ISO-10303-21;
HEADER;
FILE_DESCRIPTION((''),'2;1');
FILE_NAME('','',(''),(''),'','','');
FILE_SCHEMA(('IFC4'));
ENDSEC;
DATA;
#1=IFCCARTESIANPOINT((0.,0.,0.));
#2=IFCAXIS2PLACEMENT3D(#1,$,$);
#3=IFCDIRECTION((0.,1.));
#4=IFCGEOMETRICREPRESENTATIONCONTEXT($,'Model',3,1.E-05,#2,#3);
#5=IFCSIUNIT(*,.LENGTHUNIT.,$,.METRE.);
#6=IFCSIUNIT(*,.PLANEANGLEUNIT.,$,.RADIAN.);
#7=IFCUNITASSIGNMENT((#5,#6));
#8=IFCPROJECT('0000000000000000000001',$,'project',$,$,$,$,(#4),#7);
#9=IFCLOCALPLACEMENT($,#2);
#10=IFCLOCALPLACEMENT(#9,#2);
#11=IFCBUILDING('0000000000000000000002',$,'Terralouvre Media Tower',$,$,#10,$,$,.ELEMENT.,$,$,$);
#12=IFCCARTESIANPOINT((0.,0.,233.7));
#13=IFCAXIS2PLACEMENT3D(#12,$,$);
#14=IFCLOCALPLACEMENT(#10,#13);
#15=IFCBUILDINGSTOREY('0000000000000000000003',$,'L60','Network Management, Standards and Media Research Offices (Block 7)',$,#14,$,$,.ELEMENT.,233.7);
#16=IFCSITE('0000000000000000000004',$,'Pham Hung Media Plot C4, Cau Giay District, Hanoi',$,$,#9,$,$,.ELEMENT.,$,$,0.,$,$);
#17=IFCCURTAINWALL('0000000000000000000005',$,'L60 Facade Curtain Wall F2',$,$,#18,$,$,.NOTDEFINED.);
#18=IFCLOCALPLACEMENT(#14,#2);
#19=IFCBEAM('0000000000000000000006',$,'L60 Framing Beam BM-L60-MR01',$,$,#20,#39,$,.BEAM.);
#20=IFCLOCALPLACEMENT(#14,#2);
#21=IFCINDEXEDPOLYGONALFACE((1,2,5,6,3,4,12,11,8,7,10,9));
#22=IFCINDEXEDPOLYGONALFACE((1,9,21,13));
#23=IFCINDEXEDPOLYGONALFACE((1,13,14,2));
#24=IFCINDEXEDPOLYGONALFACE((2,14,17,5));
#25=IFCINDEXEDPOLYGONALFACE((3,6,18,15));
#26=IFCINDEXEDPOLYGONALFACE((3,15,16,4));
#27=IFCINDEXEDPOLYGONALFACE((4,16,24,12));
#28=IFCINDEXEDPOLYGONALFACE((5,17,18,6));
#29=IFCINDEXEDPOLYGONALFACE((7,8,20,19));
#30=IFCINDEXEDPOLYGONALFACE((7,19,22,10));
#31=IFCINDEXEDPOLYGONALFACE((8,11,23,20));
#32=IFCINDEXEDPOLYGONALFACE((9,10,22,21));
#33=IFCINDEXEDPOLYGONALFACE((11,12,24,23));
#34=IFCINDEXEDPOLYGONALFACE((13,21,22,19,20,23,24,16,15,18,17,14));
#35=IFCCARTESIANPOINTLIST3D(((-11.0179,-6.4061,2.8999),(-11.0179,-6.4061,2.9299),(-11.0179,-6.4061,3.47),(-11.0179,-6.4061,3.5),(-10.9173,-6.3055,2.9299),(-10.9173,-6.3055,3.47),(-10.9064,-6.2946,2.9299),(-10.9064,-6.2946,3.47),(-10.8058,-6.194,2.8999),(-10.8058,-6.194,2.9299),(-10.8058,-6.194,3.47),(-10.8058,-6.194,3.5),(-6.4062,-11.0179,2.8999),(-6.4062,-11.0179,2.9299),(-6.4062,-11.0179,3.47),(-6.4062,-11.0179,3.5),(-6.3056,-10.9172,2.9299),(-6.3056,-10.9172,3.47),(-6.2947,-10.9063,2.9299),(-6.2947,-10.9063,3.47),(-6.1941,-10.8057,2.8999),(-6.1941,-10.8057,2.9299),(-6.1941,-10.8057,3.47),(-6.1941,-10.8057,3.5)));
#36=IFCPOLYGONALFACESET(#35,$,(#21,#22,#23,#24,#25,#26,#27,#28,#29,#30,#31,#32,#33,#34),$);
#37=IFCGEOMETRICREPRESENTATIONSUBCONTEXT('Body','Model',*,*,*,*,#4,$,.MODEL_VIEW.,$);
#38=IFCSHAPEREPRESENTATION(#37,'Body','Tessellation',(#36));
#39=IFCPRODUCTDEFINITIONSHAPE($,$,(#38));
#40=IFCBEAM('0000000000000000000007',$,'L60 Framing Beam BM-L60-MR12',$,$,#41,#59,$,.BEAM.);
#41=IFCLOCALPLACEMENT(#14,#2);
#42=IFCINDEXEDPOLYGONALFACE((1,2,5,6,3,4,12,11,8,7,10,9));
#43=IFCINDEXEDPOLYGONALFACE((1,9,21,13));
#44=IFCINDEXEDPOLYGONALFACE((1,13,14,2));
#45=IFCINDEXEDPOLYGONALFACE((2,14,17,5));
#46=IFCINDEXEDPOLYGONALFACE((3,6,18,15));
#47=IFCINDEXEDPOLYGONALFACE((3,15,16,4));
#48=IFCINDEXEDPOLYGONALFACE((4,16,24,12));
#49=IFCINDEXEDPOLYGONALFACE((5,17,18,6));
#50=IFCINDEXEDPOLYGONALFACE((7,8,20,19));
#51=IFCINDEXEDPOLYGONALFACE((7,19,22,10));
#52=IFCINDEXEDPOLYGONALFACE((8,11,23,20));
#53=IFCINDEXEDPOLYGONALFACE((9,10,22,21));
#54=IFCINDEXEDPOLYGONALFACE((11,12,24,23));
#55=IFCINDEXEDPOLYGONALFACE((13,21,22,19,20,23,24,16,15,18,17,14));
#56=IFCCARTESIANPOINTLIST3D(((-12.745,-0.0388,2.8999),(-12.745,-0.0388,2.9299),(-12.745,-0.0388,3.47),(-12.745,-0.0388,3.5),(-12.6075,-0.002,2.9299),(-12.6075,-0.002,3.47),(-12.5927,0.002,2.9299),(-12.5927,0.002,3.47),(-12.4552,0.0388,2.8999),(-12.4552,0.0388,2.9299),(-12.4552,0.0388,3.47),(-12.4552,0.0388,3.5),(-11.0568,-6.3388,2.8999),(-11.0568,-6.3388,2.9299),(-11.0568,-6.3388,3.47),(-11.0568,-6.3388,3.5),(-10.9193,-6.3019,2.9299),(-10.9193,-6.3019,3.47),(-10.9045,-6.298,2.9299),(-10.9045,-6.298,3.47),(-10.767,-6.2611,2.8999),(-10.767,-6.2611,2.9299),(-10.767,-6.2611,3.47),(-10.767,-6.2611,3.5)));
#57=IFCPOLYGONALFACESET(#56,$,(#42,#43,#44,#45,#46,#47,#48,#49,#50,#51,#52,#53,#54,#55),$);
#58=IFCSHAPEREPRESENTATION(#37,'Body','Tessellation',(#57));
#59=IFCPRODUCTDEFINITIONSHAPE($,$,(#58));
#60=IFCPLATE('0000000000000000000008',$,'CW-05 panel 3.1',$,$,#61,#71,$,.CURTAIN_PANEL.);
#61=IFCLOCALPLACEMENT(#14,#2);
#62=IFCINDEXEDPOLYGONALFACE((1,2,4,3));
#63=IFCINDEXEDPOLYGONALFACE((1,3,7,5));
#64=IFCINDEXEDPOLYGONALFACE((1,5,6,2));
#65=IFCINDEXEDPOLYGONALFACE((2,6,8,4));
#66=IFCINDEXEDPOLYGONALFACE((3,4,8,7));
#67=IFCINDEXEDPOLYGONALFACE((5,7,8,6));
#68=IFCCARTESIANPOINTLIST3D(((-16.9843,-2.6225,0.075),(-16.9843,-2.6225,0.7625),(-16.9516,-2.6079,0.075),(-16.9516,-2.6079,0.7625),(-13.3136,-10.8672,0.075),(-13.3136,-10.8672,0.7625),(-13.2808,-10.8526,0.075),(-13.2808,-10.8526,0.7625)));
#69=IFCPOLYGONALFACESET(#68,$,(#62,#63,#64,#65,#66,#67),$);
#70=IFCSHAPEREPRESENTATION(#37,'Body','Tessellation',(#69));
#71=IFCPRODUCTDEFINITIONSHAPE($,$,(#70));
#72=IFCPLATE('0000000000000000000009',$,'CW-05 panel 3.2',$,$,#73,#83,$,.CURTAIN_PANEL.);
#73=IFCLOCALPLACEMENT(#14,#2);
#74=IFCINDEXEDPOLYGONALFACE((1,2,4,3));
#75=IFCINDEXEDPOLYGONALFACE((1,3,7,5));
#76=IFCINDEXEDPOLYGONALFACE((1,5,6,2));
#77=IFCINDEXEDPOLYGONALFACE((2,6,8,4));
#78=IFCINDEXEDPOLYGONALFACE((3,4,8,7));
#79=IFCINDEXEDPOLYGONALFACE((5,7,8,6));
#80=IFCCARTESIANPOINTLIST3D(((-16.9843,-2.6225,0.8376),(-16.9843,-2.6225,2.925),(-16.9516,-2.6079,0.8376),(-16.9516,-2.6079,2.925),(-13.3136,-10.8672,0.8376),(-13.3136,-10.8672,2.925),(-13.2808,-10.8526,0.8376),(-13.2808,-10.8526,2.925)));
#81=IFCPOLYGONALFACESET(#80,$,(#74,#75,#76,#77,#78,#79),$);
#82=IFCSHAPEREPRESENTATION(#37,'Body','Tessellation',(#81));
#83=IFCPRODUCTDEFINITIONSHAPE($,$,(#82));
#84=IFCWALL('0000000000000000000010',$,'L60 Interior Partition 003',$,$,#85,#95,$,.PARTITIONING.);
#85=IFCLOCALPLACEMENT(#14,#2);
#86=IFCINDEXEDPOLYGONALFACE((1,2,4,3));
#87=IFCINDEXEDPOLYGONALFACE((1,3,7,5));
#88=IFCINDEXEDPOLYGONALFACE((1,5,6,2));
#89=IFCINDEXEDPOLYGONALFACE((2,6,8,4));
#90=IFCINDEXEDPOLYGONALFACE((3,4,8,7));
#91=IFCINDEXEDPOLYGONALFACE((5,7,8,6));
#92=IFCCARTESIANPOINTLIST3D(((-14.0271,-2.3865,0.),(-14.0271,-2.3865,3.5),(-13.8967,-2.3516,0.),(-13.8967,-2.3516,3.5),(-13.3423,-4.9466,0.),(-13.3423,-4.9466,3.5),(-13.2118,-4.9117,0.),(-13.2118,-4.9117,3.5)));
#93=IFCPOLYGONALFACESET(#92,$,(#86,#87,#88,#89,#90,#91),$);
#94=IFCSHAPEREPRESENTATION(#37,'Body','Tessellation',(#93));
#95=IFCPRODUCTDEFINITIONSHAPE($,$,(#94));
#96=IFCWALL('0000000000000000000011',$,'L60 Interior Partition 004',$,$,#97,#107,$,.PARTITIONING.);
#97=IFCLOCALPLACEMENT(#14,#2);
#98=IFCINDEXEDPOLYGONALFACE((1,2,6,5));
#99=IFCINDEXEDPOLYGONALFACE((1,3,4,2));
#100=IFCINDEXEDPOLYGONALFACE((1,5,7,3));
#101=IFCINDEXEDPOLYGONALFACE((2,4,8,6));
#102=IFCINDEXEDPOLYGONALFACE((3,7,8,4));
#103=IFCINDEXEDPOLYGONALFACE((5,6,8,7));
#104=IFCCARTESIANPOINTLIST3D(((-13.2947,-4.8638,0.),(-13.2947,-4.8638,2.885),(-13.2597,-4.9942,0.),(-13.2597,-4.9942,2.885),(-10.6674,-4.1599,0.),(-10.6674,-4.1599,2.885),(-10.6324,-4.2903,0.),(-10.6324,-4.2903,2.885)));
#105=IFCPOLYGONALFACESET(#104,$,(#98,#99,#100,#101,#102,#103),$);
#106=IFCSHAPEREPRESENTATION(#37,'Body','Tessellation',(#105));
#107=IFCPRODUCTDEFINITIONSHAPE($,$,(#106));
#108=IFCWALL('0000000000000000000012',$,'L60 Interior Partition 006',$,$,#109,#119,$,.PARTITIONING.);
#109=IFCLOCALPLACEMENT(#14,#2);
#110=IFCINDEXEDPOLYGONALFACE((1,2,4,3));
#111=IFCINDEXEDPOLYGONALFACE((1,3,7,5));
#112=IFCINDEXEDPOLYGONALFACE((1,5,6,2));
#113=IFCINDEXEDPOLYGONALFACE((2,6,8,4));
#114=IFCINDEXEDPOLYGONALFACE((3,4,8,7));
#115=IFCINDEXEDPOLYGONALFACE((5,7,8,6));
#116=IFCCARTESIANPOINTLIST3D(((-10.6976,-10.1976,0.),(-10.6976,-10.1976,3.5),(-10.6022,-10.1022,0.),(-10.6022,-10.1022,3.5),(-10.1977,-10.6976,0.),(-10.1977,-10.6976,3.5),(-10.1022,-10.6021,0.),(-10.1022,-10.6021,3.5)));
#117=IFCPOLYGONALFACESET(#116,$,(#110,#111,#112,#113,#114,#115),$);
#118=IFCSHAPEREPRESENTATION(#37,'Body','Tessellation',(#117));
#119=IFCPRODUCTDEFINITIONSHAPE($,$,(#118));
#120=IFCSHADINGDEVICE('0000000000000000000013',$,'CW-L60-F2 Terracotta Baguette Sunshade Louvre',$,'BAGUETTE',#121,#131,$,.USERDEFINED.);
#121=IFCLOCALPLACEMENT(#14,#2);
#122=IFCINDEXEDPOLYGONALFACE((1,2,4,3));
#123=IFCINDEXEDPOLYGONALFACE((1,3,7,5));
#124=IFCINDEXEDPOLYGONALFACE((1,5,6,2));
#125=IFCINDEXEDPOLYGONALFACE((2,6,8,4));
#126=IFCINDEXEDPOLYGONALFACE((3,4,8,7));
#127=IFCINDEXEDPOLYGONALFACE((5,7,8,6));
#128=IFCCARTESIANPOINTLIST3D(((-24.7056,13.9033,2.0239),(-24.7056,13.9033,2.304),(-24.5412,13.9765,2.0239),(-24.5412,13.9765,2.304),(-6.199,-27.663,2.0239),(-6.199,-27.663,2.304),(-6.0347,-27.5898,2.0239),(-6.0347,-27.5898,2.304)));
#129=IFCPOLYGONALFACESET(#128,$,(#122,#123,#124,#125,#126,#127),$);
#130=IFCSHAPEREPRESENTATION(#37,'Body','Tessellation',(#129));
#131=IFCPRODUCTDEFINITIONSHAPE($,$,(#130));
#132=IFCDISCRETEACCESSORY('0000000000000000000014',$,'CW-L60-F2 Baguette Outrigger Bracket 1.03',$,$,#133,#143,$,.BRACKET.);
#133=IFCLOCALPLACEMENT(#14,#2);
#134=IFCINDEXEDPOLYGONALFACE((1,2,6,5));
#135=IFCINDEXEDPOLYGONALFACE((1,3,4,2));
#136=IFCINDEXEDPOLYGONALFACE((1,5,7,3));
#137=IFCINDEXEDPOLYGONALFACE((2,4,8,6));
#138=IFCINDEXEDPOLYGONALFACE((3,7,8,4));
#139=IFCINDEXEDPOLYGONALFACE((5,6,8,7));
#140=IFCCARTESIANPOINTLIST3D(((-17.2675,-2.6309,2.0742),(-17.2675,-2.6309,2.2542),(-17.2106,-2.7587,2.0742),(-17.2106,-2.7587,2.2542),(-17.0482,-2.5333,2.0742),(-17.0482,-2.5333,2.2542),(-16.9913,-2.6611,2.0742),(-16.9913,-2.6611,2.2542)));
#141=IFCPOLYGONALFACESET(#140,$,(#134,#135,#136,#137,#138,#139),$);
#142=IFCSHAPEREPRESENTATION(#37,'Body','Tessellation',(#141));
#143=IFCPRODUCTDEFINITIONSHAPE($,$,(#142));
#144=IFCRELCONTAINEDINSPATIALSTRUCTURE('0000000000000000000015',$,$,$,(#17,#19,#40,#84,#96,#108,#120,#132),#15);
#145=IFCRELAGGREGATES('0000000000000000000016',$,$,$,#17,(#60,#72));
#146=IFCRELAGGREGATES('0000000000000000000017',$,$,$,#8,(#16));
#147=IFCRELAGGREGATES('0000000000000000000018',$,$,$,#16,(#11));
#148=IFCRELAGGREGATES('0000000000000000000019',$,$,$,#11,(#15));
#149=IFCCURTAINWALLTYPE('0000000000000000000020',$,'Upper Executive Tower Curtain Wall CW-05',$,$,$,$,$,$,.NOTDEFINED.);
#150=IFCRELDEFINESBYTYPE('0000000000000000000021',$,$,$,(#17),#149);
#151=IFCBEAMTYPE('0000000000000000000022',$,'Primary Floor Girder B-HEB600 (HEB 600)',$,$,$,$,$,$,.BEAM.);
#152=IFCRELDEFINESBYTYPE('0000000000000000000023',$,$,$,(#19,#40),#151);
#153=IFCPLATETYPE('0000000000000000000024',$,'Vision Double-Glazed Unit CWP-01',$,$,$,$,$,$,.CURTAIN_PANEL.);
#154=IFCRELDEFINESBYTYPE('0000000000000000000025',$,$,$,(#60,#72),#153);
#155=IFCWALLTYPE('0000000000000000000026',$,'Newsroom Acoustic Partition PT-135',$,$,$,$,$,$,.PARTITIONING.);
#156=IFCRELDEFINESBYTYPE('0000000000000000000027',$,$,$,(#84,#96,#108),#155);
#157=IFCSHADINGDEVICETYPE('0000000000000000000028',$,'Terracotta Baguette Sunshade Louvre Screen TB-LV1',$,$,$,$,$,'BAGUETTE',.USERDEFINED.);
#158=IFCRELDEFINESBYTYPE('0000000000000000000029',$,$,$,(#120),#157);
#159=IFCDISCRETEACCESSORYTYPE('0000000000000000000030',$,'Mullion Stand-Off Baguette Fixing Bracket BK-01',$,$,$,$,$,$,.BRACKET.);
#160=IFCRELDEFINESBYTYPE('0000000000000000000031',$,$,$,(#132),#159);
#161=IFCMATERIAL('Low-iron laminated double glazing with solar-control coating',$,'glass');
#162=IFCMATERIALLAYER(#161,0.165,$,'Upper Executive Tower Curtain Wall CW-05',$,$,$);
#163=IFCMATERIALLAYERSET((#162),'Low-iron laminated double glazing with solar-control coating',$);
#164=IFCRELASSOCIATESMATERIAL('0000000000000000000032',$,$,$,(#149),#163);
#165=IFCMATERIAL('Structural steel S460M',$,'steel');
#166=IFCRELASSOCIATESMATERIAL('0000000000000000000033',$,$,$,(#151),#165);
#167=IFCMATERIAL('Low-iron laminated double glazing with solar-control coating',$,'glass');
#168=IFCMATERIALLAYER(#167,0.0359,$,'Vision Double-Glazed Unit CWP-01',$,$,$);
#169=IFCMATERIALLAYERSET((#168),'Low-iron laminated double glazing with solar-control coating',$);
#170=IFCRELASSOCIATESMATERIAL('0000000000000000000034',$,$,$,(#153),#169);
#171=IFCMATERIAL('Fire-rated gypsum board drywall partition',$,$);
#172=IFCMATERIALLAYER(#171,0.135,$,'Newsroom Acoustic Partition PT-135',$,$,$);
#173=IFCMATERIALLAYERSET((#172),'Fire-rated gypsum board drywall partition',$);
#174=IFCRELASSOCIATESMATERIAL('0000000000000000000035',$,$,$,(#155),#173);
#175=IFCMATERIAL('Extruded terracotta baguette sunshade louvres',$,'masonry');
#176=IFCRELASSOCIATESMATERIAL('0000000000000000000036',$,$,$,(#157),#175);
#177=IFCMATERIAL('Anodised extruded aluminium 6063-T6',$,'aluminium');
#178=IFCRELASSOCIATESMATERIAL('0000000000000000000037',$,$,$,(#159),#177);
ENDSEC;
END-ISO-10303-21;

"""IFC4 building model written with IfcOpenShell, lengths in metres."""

from ifc_helpers import new_model, si_unit, direction, frame, frame_2d, origin, origin_2d, place, context, subcontext, project, spatial, rectangle, i_section, extrude, material, layer, layer_set, material_profile, profile_set, type_object, element, aggregate, save


model = new_model("IFC4")

# Units and contexts
model_context = context("Model", 3, precision=1e-05, world=origin(), true_north=direction((0.0, 1.0)))
body_context = subcontext(model_context, "Body", "Model", "MODEL_VIEW")
ifc_project = project(units=[si_unit("LENGTHUNIT", "METRE"), si_unit("PLANEANGLEUNIT", "RADIAN")], contexts=[model_context])

# Site, building, storey
site_placement = place(None, origin())
site = spatial("IfcSite", under=ifc_project, at=site_placement, Name="Pham Hung Media Plot C4, Cau Giay District, Hanoi", CompositionType="ELEMENT", RefElevation=0.0)
building_placement = place(site_placement, origin())
building = spatial("IfcBuilding", under=site, at=building_placement, Name="Terralouvre Media Tower", CompositionType="ELEMENT")
storey_placement = place(building_placement, frame((0.0, 0.0, 233.7)))
storey = spatial("IfcBuildingStorey", under=building, at=storey_placement, Name="L60", Description="Network Management, Standards and Media Research Offices (Block 7)", CompositionType="ELEMENT", Elevation=233.7)

# Curtain wall
ifc_material_1 = material(Name="Low-iron laminated double glazing with solar-control coating", Category="glass")
ifc_layer_1 = layer(ifc_material_1, 0.165, Name="Upper Executive Tower Curtain Wall CW-05")
ifc_layer_set_1 = layer_set([ifc_layer_1], Name="Low-iron laminated double glazing with solar-control coating")
curtain_wall_type = type_object("IfcCurtainWallType", Name="Upper Executive Tower Curtain Wall CW-05", PredefinedType="NOTDEFINED", material=ifc_layer_set_1)
curtain_wall_placement = place(storey_placement, origin())
curtain_wall = element("IfcCurtainWall", 1, at=curtain_wall_placement, inside=storey, type_object=curtain_wall_type, Name="L60 Facade Curtain Wall F2", PredefinedType="NOTDEFINED")

# Beams
ifc_material_2 = material(Name="Structural steel S460M", Category="steel")
ifc_material_profile_1 = material_profile(ifc_material_2, i_section(OverallWidth=0.3, OverallDepth=0.6001, WebThickness=0.0154, FlangeThickness=0.03, at=origin_2d()), Name="HEB 600")
ifc_profile_set_1 = profile_set([ifc_material_profile_1], Name="Structural steel S460M")
beam_type_1 = type_object("IfcBeamType", Name="Primary Floor Girder B-HEB600 (HEB 600)", PredefinedType="BEAM", material=ifc_profile_set_1)
beam_1_placement = place(storey_placement, frame((-10.9119, -6.3, 3.2), z_axis=(0.707107, -0.707107, 0.0), x_axis=(0.707107, 0.707107, 0.0)))
element("IfcBeam", 2, at=beam_1_placement, inside=storey, type_object=beam_type_1, Name="L60 Framing Beam BM-L60-MR01", PredefinedType="BEAM", context=body_context, shape_type="SweptSolid", body=[
    extrude(i_section(OverallWidth=0.3, OverallDepth=0.6001, WebThickness=0.0154, FlangeThickness=0.03, at=origin_2d()), origin(), (0.0, 0.0, 1.0), 6.522),
])
beam_2_placement = place(storey_placement, frame((-12.6001, 0.0, 3.2), z_axis=(0.258839, -0.96592, 0.0), x_axis=(0.96592, 0.258839, 0.0)))
element("IfcBeam", 3, at=beam_2_placement, inside=storey, type_object=beam_type_1, Name="L60 Framing Beam BM-L60-MR12", PredefinedType="BEAM", context=body_context, shape_type="SweptSolid", body=[
    extrude(i_section(OverallWidth=0.3, OverallDepth=0.6001, WebThickness=0.0154, FlangeThickness=0.03, at=origin_2d()), origin(), (0.0, 0.0, 1.0), 6.5222),
])

# Plates
ifc_material_3 = material(Name="Low-iron laminated double glazing with solar-control coating", Category="glass")
ifc_layer_2 = layer(ifc_material_3, 0.0359, Name="Vision Double-Glazed Unit CWP-01")
ifc_layer_set_2 = layer_set([ifc_layer_2], Name="Low-iron laminated double glazing with solar-control coating")
plate_type = type_object("IfcPlateType", Name="Vision Double-Glazed Unit CWP-01", PredefinedType="CURTAIN_PANEL", material=ifc_layer_set_2)
plate_1_placement = place(storey_placement, frame((-15.1326, -6.7375, 0.075), z_axis=(0.0, 0.0, 1.0), x_axis=(0.406737, -0.913545, 0.0)))
plate_1 = element("IfcPlate", 4, at=plate_1_placement, type_object=plate_type, Name="CW-05 panel 3.1", PredefinedType="CURTAIN_PANEL", context=body_context, shape_type="SweptSolid", body=[
    extrude(rectangle(XDim=9.0249, YDim=0.0359, at=origin_2d()), origin(), (0.0, 0.0, 1.0), 0.6875),
])
plate_2_placement = place(storey_placement, frame((-15.1326, -6.7375, 0.8376), z_axis=(0.0, 0.0, 1.0), x_axis=(0.406737, -0.913545, 0.0)))
plate_2 = element("IfcPlate", 5, at=plate_2_placement, type_object=plate_type, Name="CW-05 panel 3.2", PredefinedType="CURTAIN_PANEL", context=body_context, shape_type="SweptSolid", body=[
    extrude(rectangle(XDim=9.0249, YDim=0.0359, at=origin_2d()), origin(), (0.0, 0.0, 1.0), 2.0874),
])
aggregate(curtain_wall, [plate_1, plate_2])

# Walls
ifc_material_4 = material(Name="Fire-rated gypsum board drywall partition")
ifc_layer_3 = layer(ifc_material_4, 0.135, Name="Newsroom Acoustic Partition PT-135")
ifc_layer_set_3 = layer_set([ifc_layer_3], Name="Fire-rated gypsum board drywall partition")
wall_type = type_object("IfcWallType", Name="Newsroom Acoustic Partition PT-135", PredefinedType="PARTITIONING", material=ifc_layer_set_3)
wall_1_placement = place(storey_placement, frame((-13.9619, -2.3689, 0.0), z_axis=(0.0, 0.0, 1.0), x_axis=(0.258414, -0.966034, 0.0)))
element("IfcWall", 6, at=wall_1_placement, inside=storey, type_object=wall_type, Name="L60 Interior Partition 003", PredefinedType="PARTITIONING", context=body_context, shape_type="SweptSolid", body=[
    extrude(rectangle(XDim=2.6501, YDim=0.135, at=frame_2d((1.3252, 0.0))), origin(), (0.0, 0.0, 1.0), 3.5),
])
wall_2_placement = place(storey_placement, frame((-13.2771, -4.929, 0.0), z_axis=(0.0, 0.0, 1.0), x_axis=(0.965935, 0.258785, 0.0)))
element("IfcWall", 7, at=wall_2_placement, inside=storey, type_object=wall_type, Name="L60 Interior Partition 004", PredefinedType="PARTITIONING", context=body_context, shape_type="SweptSolid", body=[
    extrude(rectangle(XDim=2.72, YDim=0.135, at=frame_2d((1.3599, 0.0))), origin(), (0.0, 0.0, 1.0), 2.885),
])
wall_3_placement = place(storey_placement, frame((-10.6499, -10.1499, 0.0), z_axis=(0.0, 0.0, 1.0), x_axis=(0.707107, -0.707107, 0.0)))
element("IfcWall", 8, at=wall_3_placement, inside=storey, type_object=wall_type, Name="L60 Interior Partition 006", PredefinedType="PARTITIONING", context=body_context, shape_type="SweptSolid", body=[
    extrude(rectangle(XDim=0.707, YDim=0.135, at=frame_2d((0.3535, 0.0))), origin(), (0.0, 0.0, 1.0), 3.5),
])

# Shading device
ifc_material_5 = material(Name="Extruded terracotta baguette sunshade louvres", Category="masonry")
shading_device_type = type_object("IfcShadingDeviceType", Name="Terracotta Baguette Sunshade Louvre Screen TB-LV1", ElementType="BAGUETTE", PredefinedType="USERDEFINED", material=ifc_material_5)
shading_device_placement = place(storey_placement, frame((-15.3701, -6.8433, 2.0239), z_axis=(0.0, 0.0, 1.0), x_axis=(0.406737, -0.913545, 0.0)))
element("IfcShadingDevice", 9, at=shading_device_placement, inside=storey, type_object=shading_device_type, Name="CW-L60-F2 Terracotta Baguette Sunshade Louvre", ObjectType="BAGUETTE", PredefinedType="USERDEFINED", context=body_context, shape_type="SweptSolid", body=[
    extrude(rectangle(XDim=45.5, YDim=0.1799, at=origin_2d()), origin(), (0.0, 0.0, 1.0), 0.28),
])

# Discrete accessory
ifc_material_6 = material(Name="Anodised extruded aluminium 6063-T6", Category="aluminium")
discrete_accessory_type = type_object("IfcDiscreteAccessoryType", Name="Mullion Stand-Off Baguette Fixing Bracket BK-01", PredefinedType="BRACKET", material=ifc_material_6)
discrete_accessory_placement = place(storey_placement, frame((-17.1294, -2.646, 2.0742), z_axis=(0.0, 0.0, 1.0), x_axis=(0.406737, -0.913545, 0.0)))
element("IfcDiscreteAccessory", 10, at=discrete_accessory_placement, inside=storey, type_object=discrete_accessory_type, Name="CW-L60-F2 Baguette Outrigger Bracket 1.03", PredefinedType="BRACKET", context=body_context, shape_type="SweptSolid", body=[
    extrude(rectangle(XDim=0.1399, YDim=0.24, at=origin_2d()), origin(), (0.0, 0.0, 1.0), 0.1799),
])

save(model, "model.ifc")
